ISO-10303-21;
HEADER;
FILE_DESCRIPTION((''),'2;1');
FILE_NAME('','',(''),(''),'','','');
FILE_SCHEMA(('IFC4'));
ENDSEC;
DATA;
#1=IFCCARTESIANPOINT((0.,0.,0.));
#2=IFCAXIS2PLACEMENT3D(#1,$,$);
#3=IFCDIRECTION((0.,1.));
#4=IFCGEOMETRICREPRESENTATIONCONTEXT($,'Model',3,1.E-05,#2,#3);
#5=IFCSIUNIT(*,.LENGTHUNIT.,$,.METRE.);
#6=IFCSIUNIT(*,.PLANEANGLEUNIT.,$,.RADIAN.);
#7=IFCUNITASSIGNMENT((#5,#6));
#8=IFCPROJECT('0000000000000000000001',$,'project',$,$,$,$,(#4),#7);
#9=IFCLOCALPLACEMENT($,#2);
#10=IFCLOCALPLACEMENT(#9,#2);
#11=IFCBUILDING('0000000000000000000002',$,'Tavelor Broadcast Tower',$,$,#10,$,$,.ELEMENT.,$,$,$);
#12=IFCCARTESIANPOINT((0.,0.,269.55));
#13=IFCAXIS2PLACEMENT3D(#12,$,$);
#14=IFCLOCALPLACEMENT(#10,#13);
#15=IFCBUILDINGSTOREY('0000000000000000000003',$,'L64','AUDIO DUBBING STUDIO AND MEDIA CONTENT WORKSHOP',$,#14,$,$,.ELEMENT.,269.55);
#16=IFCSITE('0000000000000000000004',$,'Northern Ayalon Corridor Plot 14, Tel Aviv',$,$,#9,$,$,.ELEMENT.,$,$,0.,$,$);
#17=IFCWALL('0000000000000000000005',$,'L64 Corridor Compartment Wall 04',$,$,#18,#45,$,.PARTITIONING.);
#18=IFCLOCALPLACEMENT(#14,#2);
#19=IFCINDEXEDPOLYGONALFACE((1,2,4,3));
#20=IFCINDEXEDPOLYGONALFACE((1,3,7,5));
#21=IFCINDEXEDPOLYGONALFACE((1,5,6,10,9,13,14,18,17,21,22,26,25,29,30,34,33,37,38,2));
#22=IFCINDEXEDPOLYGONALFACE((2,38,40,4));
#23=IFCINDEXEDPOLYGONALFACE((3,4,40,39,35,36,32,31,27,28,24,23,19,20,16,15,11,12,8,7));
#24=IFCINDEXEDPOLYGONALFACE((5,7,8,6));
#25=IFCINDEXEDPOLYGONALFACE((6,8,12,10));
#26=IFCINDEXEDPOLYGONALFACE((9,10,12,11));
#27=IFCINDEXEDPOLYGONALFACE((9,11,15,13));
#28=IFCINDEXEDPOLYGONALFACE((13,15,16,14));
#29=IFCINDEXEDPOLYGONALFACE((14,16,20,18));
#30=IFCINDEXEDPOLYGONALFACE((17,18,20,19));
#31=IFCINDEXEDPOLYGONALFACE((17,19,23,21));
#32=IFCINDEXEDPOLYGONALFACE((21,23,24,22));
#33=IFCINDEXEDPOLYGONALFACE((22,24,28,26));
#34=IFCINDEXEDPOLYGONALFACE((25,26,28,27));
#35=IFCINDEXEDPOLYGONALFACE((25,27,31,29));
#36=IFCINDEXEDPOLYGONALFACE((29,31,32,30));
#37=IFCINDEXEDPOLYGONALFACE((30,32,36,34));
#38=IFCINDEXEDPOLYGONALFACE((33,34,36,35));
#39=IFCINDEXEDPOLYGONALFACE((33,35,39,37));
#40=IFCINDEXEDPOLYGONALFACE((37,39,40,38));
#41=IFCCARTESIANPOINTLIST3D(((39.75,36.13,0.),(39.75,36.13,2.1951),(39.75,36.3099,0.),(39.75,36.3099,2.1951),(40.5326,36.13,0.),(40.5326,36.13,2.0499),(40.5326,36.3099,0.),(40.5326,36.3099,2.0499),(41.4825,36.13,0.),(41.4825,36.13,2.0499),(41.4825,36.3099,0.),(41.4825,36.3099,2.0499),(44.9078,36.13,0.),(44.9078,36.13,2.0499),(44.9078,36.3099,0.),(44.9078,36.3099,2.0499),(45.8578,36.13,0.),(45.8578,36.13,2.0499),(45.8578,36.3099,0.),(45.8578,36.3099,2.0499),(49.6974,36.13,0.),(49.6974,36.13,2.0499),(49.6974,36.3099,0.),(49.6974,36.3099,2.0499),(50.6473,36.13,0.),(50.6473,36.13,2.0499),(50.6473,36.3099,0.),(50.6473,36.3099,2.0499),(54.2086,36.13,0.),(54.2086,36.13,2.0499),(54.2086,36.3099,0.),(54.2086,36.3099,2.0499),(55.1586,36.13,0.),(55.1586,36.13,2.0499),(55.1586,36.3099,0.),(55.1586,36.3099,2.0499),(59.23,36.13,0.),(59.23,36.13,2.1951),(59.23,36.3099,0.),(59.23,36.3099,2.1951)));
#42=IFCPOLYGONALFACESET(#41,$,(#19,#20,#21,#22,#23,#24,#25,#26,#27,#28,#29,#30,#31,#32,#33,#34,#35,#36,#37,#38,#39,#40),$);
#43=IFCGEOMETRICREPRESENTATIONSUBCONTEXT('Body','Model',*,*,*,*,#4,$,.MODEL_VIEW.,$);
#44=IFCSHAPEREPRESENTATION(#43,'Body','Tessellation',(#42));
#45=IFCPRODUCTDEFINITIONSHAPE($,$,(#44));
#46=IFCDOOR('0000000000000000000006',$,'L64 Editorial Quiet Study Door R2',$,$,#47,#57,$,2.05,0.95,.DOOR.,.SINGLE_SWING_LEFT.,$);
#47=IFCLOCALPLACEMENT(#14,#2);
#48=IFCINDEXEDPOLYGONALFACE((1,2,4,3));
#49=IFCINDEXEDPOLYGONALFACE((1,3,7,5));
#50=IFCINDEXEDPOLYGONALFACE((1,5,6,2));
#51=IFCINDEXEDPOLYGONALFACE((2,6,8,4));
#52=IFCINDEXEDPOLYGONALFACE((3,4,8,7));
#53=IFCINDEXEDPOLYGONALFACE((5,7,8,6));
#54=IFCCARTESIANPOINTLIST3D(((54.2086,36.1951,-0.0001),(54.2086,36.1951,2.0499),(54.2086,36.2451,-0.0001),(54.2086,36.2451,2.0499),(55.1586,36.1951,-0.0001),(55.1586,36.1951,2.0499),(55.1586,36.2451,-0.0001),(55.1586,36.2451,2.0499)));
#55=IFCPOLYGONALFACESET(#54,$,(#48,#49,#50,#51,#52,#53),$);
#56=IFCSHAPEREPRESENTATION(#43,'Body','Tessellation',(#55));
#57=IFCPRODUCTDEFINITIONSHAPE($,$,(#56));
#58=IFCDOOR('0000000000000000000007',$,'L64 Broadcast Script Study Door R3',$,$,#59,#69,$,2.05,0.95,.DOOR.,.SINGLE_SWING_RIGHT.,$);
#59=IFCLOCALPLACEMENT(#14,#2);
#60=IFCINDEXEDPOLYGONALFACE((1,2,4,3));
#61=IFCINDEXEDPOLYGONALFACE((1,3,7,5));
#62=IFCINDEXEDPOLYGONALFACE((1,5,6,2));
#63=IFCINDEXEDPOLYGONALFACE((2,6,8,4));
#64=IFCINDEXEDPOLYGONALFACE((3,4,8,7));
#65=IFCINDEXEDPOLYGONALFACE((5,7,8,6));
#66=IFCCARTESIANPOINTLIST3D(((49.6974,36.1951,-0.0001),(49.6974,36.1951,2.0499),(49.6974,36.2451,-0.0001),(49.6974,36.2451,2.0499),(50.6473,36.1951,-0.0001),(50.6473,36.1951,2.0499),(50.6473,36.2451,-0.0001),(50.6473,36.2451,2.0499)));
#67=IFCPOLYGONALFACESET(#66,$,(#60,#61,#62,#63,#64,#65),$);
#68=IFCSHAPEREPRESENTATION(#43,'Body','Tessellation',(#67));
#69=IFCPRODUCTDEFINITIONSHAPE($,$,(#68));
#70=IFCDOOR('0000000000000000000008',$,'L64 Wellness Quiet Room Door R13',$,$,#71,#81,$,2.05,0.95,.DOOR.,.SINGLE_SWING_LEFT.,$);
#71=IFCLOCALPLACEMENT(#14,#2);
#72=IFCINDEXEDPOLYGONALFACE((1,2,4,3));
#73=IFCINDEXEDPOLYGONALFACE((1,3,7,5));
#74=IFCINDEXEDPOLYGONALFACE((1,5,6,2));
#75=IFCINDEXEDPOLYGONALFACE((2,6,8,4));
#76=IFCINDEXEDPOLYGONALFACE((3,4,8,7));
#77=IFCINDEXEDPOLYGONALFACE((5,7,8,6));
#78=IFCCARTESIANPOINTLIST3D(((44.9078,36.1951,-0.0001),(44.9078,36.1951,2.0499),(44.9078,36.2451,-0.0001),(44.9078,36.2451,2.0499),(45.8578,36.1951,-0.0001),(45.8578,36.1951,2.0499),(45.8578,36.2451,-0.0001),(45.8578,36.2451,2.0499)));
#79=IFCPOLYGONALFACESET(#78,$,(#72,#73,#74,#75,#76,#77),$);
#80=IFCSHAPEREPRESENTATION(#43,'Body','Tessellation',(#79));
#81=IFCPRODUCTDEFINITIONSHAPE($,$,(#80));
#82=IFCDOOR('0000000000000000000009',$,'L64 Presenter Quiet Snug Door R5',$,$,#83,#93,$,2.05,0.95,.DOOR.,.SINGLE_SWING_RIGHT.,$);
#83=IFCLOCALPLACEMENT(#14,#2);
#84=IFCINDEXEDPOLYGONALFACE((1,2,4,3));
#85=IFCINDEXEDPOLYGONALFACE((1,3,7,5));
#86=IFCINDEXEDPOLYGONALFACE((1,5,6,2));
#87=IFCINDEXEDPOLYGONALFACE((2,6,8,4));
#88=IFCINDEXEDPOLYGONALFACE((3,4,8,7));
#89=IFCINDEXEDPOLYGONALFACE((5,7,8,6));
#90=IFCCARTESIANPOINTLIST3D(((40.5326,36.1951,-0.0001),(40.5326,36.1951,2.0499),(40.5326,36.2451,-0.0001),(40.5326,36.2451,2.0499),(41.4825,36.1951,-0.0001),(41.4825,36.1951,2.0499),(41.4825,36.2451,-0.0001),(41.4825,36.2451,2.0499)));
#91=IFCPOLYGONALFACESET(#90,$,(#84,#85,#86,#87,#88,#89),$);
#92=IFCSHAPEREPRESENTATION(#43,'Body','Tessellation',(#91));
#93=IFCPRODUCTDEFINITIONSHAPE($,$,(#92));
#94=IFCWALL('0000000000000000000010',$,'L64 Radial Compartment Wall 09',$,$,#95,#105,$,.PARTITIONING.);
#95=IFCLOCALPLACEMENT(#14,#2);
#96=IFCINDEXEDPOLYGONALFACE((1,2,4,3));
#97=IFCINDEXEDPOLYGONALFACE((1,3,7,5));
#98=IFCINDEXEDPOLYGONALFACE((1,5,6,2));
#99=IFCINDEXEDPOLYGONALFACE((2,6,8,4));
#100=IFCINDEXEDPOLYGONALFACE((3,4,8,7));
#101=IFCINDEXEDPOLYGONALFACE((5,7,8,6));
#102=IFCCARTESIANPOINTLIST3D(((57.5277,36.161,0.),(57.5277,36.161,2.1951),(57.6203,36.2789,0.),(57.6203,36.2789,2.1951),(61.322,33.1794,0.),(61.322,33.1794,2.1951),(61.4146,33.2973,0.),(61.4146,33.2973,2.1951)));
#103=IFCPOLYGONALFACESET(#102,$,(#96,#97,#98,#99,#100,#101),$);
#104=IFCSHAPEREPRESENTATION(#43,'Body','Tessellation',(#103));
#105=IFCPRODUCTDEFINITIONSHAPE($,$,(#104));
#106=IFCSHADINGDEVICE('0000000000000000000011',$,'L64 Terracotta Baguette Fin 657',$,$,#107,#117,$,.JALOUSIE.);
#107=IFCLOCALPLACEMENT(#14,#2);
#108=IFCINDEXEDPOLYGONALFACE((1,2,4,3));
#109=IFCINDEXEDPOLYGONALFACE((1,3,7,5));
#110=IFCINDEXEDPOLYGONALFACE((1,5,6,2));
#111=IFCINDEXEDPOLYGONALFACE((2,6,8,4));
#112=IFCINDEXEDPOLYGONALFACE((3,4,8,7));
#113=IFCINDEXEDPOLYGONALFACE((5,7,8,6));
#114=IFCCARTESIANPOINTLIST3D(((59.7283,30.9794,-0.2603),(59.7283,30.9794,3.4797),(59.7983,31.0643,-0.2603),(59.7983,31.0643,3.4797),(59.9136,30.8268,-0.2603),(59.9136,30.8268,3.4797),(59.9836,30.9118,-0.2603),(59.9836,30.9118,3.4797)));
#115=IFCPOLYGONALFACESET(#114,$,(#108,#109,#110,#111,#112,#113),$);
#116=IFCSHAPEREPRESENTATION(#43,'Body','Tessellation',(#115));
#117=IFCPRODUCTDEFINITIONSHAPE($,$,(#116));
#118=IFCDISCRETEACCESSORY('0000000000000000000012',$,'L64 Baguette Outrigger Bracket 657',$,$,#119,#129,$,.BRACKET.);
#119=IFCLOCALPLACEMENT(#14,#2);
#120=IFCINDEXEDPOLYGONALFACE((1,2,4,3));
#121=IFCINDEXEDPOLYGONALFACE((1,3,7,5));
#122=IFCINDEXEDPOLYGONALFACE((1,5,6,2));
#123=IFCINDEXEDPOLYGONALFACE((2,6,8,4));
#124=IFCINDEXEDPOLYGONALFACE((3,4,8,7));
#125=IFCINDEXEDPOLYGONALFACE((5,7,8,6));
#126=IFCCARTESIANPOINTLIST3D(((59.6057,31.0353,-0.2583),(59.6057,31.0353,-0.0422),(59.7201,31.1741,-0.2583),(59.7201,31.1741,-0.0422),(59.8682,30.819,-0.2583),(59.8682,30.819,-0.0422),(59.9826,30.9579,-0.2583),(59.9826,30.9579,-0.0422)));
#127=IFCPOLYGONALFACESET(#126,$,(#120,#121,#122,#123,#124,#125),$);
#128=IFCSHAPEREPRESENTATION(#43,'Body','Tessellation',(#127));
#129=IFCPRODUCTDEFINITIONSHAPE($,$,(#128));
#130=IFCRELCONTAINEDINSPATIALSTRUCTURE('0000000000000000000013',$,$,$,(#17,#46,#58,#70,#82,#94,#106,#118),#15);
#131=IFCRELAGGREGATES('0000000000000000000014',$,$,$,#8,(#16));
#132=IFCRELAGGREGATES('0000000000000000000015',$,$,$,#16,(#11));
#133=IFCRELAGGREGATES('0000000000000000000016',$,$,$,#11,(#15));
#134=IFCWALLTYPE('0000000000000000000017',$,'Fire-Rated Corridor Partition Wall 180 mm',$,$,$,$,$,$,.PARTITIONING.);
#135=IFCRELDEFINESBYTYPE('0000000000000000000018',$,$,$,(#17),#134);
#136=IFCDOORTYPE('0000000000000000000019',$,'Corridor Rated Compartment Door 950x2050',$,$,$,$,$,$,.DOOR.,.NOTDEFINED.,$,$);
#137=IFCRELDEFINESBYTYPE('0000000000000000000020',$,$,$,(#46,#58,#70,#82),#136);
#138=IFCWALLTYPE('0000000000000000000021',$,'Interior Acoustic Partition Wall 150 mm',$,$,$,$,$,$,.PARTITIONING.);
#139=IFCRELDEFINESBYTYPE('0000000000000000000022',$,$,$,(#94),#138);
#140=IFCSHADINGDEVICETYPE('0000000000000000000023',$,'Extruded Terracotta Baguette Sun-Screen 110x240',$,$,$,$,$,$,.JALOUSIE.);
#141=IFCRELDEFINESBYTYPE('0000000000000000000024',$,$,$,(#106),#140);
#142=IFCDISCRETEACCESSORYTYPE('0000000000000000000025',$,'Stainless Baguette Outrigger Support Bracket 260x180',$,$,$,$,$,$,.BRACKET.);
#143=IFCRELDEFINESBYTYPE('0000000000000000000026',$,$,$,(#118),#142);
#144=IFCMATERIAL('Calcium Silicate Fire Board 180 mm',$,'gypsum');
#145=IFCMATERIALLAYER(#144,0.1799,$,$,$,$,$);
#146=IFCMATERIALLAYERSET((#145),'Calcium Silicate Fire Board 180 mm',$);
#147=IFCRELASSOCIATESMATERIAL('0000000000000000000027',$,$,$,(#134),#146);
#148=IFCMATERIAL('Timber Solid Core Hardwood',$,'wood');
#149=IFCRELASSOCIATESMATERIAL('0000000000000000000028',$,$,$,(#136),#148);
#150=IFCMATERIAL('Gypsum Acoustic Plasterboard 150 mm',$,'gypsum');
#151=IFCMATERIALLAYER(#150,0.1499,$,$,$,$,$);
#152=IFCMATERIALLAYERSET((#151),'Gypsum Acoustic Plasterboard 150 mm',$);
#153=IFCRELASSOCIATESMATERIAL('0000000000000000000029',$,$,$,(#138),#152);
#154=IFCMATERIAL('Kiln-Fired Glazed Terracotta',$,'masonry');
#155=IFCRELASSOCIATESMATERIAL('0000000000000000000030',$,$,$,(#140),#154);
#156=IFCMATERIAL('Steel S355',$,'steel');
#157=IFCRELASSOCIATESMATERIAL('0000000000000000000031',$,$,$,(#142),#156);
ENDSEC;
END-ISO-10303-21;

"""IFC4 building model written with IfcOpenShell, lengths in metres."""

from ifc_helpers import new_model, si_unit, direction, frame, frame_2d, origin, origin_2d, place, context, subcontext, project, spatial, rectangle, extrude, source, transform, mapped, material, layer, layer_set, type_object, type_shapes, element, fill, save


model = new_model("IFC4")

# Units and contexts
model_context = context("Model", 3, precision=1e-05, world=origin(), true_north=direction((0.0, 1.0)))
body_context = subcontext(model_context, "Body", "Model", "MODEL_VIEW")
ifc_project = project(units=[si_unit("LENGTHUNIT", "METRE"), si_unit("PLANEANGLEUNIT", "RADIAN")], contexts=[model_context])

# Site, building, storey
site_placement = place(None, origin())
site = spatial("IfcSite", under=ifc_project, at=site_placement, Name="Northern Ayalon Corridor Plot 14, Tel Aviv", CompositionType="ELEMENT", RefElevation=0.0)
building_placement = place(site_placement, origin())
building = spatial("IfcBuilding", under=site, at=building_placement, Name="Tavelor Broadcast Tower", CompositionType="ELEMENT")
storey_placement = place(building_placement, frame((0.0, 0.0, 269.55)))
storey = spatial("IfcBuildingStorey", under=building, at=storey_placement, Name="L64", Description="AUDIO DUBBING STUDIO AND MEDIA CONTENT WORKSHOP", CompositionType="ELEMENT", Elevation=269.55)

# Wall, openings, doors
ifc_material_1 = material(Name="Calcium Silicate Fire Board 180 mm", Category="gypsum")
ifc_layer_1 = layer(ifc_material_1, 0.1799)
ifc_layer_set_1 = layer_set([ifc_layer_1], Name="Calcium Silicate Fire Board 180 mm")
wall_type_1 = type_object("IfcWallType", Name="Fire-Rated Corridor Partition Wall 180 mm", PredefinedType="PARTITIONING", material=ifc_layer_set_1)
wall_1_placement = place(storey_placement, frame((59.23, 36.22, 0.0), z_axis=(0.0, 0.0, 1.0), x_axis=(-1.0, 0.0, 0.0)))
wall_1 = element("IfcWall", 1, at=wall_1_placement, inside=storey, type_object=wall_type_1, Name="L64 Corridor Compartment Wall 04", PredefinedType="PARTITIONING", context=body_context, shape_type="SweptSolid", body=[
    extrude(rectangle(XDim=19.48, YDim=0.1799, at=frame_2d((9.74, 0.0))), origin(), (0.0, 0.0, 1.0), 2.1951),
])
opening_1_placement = place(wall_1_placement, frame((4.0713, 0.0, 0.0)))
opening_1 = element("IfcOpeningElement", 2, at=opening_1_placement, cuts=wall_1, PredefinedType="OPENING", context=body_context, shape_type="SweptSolid", body=[
    extrude(rectangle(XDim=0.95, YDim=2.05, at=frame_2d((0.4751, 1.0249))), frame((0.0, 0.1001, 0.0), z_axis=(0.0, -1.0, 0.0), x_axis=(1.0, 0.0, 0.0)), (0.0, 0.0, 1.0), 0.2),
])
opening_2_placement = place(wall_1_placement, frame((8.5825, 0.0, 0.0)))
opening_2 = element("IfcOpeningElement", 3, at=opening_2_placement, cuts=wall_1, PredefinedType="OPENING", context=body_context, shape_type="SweptSolid", body=[
    extrude(rectangle(XDim=0.95, YDim=2.05, at=frame_2d((0.4751, 1.0249))), frame((0.0, 0.1001, 0.0), z_axis=(0.0, -1.0, 0.0), x_axis=(1.0, 0.0, 0.0)), (0.0, 0.0, 1.0), 0.2),
])
opening_3_placement = place(wall_1_placement, frame((13.3721, 0.0, 0.0)))
opening_3 = element("IfcOpeningElement", 4, at=opening_3_placement, cuts=wall_1, PredefinedType="OPENING", context=body_context, shape_type="SweptSolid", body=[
    extrude(rectangle(XDim=0.95, YDim=2.05, at=frame_2d((0.4751, 1.0249))), frame((0.0, 0.1001, 0.0), z_axis=(0.0, -1.0, 0.0), x_axis=(1.0, 0.0, 0.0)), (0.0, 0.0, 1.0), 0.2),
])
opening_4_placement = place(wall_1_placement, frame((17.7473, 0.0, 0.0)))
opening_4 = element("IfcOpeningElement", 5, at=opening_4_placement, cuts=wall_1, PredefinedType="OPENING", context=body_context, shape_type="SweptSolid", body=[
    extrude(rectangle(XDim=0.95, YDim=2.05, at=frame_2d((0.4751, 1.0249))), frame((0.0, 0.1001, 0.0), z_axis=(0.0, -1.0, 0.0), x_axis=(1.0, 0.0, 0.0)), (0.0, 0.0, 1.0), 0.2),
])
ifc_material_2 = material(Name="Timber Solid Core Hardwood", Category="wood")
door_type = type_object("IfcDoorType", Name="Corridor Rated Compartment Door 950x2050", OperationType="NOTDEFINED", PredefinedType="DOOR", material=ifc_material_2)
door_1_placement = place(opening_1_placement, origin())
door_1 = element("IfcDoor", 6, at=door_1_placement, inside=storey, type_object=door_type, Name="L64 Editorial Quiet Study Door R2", OperationType="SINGLE_SWING_LEFT", OverallHeight=2.05, OverallWidth=0.95, PredefinedType="DOOR", context=body_context, shape_type="SweptSolid", body=[
    extrude(rectangle(XDim=0.95, YDim=2.05, at=frame_2d((0.4751, 1.0249))), frame((0.0, 0.0249, 0.0), z_axis=(0.0, -1.0, 0.0), x_axis=(1.0, 0.0, 0.0)), (0.0, 0.0, 1.0), 0.05),
])
fill(opening_1, door_1)
door_2_placement = place(opening_2_placement, origin())
door_2 = element("IfcDoor", 7, at=door_2_placement, inside=storey, type_object=door_type, Name="L64 Broadcast Script Study Door R3", OperationType="SINGLE_SWING_RIGHT", OverallHeight=2.05, OverallWidth=0.95, PredefinedType="DOOR", context=body_context, shape_type="SweptSolid", body=[
    extrude(rectangle(XDim=0.95, YDim=2.05, at=frame_2d((0.4751, 1.0249))), frame((0.0, 0.0249, 0.0), z_axis=(0.0, -1.0, 0.0), x_axis=(1.0, 0.0, 0.0)), (0.0, 0.0, 1.0), 0.05),
])
fill(opening_2, door_2)
door_3_placement = place(opening_3_placement, origin())
door_3 = element("IfcDoor", 8, at=door_3_placement, inside=storey, type_object=door_type, Name="L64 Wellness Quiet Room Door R13", OperationType="SINGLE_SWING_LEFT", OverallHeight=2.05, OverallWidth=0.95, PredefinedType="DOOR", context=body_context, shape_type="SweptSolid", body=[
    extrude(rectangle(XDim=0.95, YDim=2.05, at=frame_2d((0.4751, 1.0249))), frame((0.0, 0.0249, 0.0), z_axis=(0.0, -1.0, 0.0), x_axis=(1.0, 0.0, 0.0)), (0.0, 0.0, 1.0), 0.05),
])
fill(opening_3, door_3)
door_4_placement = place(opening_4_placement, origin())
door_4 = element("IfcDoor", 9, at=door_4_placement, inside=storey, type_object=door_type, Name="L64 Presenter Quiet Snug Door R5", OperationType="SINGLE_SWING_RIGHT", OverallHeight=2.05, OverallWidth=0.95, PredefinedType="DOOR", context=body_context, shape_type="SweptSolid", body=[
    extrude(rectangle(XDim=0.95, YDim=2.05, at=frame_2d((0.4751, 1.0249))), frame((0.0, 0.0249, 0.0), z_axis=(0.0, -1.0, 0.0), x_axis=(1.0, 0.0, 0.0)), (0.0, 0.0, 1.0), 0.05),
])
fill(opening_4, door_4)

# Wall
ifc_material_3 = material(Name="Gypsum Acoustic Plasterboard 150 mm", Category="gypsum")
ifc_layer_2 = layer(ifc_material_3, 0.1499)
ifc_layer_set_2 = layer_set([ifc_layer_2], Name="Gypsum Acoustic Plasterboard 150 mm")
wall_type_2 = type_object("IfcWallType", Name="Interior Acoustic Partition Wall 150 mm", PredefinedType="PARTITIONING", material=ifc_layer_set_2)
wall_2_placement = place(storey_placement, frame((57.574, 36.22, 0.0), z_axis=(0.0, 0.0, 1.0), x_axis=(0.786283, -0.617866, 0.0)))
element("IfcWall", 10, at=wall_2_placement, inside=storey, type_object=wall_type_2, Name="L64 Radial Compartment Wall 09", PredefinedType="PARTITIONING", context=body_context, shape_type="SweptSolid", body=[
    extrude(rectangle(XDim=4.8257, YDim=0.1499, at=frame_2d((2.4128, 0.0))), origin(), (0.0, 0.0, 1.0), 2.1951),
])

# Shading device
ifc_material_4 = material(Name="Kiln-Fired Glazed Terracotta", Category="masonry")
shading_device_type = type_object("IfcShadingDeviceType", Name="Extruded Terracotta Baguette Sun-Screen 110x240", PredefinedType="JALOUSIE", material=ifc_material_4)
shared_shape_1 = source(origin(), body_context, "Body", "SweptSolid", [
    extrude(rectangle(XDim=0.1101, YDim=0.24, at=origin_2d()), origin(), (0.0, 0.0, 1.0), 3.74),
])
type_shapes(shading_device_type, [shared_shape_1])
shading_device_placement = place(storey_placement, frame((59.856, 30.9456, -0.2603), z_axis=(0.0, 0.0, 1.0), x_axis=(0.635809, 0.771847, 0.0)))
element("IfcShadingDevice", 11, at=shading_device_placement, inside=storey, type_object=shading_device_type, Name="L64 Terracotta Baguette Fin 657", PredefinedType="JALOUSIE", context=body_context, shape_type="MappedRepresentation", body=[
    mapped(shared_shape_1, transform((0.0, 0.0, 0.0), scale=1.0)),
])

# Discrete accessory
ifc_material_5 = material(Name="Steel S355", Category="steel")
discrete_accessory_type = type_object("IfcDiscreteAccessoryType", Name="Stainless Baguette Outrigger Support Bracket 260x180", PredefinedType="BRACKET", material=ifc_material_5)
shared_shape_2 = source(origin(), body_context, "Body", "SweptSolid", [
    extrude(rectangle(XDim=0.1799, YDim=0.3401, at=origin_2d()), origin(), (0.0, 0.0, 1.0), 0.2161),
])
type_shapes(discrete_accessory_type, [shared_shape_2])
discrete_accessory_placement = place(storey_placement, frame((59.7942, 30.9966, -0.2583), z_axis=(0.0, 0.0, 1.0), x_axis=(0.635809, 0.771847, 0.0)))
element("IfcDiscreteAccessory", 12, at=discrete_accessory_placement, inside=storey, type_object=discrete_accessory_type, Name="L64 Baguette Outrigger Bracket 657", PredefinedType="BRACKET", context=body_context, shape_type="MappedRepresentation", body=[
    mapped(shared_shape_2, transform((0.0, 0.0, 0.0), scale=1.0)),
])

save(model, "model.ifc")
